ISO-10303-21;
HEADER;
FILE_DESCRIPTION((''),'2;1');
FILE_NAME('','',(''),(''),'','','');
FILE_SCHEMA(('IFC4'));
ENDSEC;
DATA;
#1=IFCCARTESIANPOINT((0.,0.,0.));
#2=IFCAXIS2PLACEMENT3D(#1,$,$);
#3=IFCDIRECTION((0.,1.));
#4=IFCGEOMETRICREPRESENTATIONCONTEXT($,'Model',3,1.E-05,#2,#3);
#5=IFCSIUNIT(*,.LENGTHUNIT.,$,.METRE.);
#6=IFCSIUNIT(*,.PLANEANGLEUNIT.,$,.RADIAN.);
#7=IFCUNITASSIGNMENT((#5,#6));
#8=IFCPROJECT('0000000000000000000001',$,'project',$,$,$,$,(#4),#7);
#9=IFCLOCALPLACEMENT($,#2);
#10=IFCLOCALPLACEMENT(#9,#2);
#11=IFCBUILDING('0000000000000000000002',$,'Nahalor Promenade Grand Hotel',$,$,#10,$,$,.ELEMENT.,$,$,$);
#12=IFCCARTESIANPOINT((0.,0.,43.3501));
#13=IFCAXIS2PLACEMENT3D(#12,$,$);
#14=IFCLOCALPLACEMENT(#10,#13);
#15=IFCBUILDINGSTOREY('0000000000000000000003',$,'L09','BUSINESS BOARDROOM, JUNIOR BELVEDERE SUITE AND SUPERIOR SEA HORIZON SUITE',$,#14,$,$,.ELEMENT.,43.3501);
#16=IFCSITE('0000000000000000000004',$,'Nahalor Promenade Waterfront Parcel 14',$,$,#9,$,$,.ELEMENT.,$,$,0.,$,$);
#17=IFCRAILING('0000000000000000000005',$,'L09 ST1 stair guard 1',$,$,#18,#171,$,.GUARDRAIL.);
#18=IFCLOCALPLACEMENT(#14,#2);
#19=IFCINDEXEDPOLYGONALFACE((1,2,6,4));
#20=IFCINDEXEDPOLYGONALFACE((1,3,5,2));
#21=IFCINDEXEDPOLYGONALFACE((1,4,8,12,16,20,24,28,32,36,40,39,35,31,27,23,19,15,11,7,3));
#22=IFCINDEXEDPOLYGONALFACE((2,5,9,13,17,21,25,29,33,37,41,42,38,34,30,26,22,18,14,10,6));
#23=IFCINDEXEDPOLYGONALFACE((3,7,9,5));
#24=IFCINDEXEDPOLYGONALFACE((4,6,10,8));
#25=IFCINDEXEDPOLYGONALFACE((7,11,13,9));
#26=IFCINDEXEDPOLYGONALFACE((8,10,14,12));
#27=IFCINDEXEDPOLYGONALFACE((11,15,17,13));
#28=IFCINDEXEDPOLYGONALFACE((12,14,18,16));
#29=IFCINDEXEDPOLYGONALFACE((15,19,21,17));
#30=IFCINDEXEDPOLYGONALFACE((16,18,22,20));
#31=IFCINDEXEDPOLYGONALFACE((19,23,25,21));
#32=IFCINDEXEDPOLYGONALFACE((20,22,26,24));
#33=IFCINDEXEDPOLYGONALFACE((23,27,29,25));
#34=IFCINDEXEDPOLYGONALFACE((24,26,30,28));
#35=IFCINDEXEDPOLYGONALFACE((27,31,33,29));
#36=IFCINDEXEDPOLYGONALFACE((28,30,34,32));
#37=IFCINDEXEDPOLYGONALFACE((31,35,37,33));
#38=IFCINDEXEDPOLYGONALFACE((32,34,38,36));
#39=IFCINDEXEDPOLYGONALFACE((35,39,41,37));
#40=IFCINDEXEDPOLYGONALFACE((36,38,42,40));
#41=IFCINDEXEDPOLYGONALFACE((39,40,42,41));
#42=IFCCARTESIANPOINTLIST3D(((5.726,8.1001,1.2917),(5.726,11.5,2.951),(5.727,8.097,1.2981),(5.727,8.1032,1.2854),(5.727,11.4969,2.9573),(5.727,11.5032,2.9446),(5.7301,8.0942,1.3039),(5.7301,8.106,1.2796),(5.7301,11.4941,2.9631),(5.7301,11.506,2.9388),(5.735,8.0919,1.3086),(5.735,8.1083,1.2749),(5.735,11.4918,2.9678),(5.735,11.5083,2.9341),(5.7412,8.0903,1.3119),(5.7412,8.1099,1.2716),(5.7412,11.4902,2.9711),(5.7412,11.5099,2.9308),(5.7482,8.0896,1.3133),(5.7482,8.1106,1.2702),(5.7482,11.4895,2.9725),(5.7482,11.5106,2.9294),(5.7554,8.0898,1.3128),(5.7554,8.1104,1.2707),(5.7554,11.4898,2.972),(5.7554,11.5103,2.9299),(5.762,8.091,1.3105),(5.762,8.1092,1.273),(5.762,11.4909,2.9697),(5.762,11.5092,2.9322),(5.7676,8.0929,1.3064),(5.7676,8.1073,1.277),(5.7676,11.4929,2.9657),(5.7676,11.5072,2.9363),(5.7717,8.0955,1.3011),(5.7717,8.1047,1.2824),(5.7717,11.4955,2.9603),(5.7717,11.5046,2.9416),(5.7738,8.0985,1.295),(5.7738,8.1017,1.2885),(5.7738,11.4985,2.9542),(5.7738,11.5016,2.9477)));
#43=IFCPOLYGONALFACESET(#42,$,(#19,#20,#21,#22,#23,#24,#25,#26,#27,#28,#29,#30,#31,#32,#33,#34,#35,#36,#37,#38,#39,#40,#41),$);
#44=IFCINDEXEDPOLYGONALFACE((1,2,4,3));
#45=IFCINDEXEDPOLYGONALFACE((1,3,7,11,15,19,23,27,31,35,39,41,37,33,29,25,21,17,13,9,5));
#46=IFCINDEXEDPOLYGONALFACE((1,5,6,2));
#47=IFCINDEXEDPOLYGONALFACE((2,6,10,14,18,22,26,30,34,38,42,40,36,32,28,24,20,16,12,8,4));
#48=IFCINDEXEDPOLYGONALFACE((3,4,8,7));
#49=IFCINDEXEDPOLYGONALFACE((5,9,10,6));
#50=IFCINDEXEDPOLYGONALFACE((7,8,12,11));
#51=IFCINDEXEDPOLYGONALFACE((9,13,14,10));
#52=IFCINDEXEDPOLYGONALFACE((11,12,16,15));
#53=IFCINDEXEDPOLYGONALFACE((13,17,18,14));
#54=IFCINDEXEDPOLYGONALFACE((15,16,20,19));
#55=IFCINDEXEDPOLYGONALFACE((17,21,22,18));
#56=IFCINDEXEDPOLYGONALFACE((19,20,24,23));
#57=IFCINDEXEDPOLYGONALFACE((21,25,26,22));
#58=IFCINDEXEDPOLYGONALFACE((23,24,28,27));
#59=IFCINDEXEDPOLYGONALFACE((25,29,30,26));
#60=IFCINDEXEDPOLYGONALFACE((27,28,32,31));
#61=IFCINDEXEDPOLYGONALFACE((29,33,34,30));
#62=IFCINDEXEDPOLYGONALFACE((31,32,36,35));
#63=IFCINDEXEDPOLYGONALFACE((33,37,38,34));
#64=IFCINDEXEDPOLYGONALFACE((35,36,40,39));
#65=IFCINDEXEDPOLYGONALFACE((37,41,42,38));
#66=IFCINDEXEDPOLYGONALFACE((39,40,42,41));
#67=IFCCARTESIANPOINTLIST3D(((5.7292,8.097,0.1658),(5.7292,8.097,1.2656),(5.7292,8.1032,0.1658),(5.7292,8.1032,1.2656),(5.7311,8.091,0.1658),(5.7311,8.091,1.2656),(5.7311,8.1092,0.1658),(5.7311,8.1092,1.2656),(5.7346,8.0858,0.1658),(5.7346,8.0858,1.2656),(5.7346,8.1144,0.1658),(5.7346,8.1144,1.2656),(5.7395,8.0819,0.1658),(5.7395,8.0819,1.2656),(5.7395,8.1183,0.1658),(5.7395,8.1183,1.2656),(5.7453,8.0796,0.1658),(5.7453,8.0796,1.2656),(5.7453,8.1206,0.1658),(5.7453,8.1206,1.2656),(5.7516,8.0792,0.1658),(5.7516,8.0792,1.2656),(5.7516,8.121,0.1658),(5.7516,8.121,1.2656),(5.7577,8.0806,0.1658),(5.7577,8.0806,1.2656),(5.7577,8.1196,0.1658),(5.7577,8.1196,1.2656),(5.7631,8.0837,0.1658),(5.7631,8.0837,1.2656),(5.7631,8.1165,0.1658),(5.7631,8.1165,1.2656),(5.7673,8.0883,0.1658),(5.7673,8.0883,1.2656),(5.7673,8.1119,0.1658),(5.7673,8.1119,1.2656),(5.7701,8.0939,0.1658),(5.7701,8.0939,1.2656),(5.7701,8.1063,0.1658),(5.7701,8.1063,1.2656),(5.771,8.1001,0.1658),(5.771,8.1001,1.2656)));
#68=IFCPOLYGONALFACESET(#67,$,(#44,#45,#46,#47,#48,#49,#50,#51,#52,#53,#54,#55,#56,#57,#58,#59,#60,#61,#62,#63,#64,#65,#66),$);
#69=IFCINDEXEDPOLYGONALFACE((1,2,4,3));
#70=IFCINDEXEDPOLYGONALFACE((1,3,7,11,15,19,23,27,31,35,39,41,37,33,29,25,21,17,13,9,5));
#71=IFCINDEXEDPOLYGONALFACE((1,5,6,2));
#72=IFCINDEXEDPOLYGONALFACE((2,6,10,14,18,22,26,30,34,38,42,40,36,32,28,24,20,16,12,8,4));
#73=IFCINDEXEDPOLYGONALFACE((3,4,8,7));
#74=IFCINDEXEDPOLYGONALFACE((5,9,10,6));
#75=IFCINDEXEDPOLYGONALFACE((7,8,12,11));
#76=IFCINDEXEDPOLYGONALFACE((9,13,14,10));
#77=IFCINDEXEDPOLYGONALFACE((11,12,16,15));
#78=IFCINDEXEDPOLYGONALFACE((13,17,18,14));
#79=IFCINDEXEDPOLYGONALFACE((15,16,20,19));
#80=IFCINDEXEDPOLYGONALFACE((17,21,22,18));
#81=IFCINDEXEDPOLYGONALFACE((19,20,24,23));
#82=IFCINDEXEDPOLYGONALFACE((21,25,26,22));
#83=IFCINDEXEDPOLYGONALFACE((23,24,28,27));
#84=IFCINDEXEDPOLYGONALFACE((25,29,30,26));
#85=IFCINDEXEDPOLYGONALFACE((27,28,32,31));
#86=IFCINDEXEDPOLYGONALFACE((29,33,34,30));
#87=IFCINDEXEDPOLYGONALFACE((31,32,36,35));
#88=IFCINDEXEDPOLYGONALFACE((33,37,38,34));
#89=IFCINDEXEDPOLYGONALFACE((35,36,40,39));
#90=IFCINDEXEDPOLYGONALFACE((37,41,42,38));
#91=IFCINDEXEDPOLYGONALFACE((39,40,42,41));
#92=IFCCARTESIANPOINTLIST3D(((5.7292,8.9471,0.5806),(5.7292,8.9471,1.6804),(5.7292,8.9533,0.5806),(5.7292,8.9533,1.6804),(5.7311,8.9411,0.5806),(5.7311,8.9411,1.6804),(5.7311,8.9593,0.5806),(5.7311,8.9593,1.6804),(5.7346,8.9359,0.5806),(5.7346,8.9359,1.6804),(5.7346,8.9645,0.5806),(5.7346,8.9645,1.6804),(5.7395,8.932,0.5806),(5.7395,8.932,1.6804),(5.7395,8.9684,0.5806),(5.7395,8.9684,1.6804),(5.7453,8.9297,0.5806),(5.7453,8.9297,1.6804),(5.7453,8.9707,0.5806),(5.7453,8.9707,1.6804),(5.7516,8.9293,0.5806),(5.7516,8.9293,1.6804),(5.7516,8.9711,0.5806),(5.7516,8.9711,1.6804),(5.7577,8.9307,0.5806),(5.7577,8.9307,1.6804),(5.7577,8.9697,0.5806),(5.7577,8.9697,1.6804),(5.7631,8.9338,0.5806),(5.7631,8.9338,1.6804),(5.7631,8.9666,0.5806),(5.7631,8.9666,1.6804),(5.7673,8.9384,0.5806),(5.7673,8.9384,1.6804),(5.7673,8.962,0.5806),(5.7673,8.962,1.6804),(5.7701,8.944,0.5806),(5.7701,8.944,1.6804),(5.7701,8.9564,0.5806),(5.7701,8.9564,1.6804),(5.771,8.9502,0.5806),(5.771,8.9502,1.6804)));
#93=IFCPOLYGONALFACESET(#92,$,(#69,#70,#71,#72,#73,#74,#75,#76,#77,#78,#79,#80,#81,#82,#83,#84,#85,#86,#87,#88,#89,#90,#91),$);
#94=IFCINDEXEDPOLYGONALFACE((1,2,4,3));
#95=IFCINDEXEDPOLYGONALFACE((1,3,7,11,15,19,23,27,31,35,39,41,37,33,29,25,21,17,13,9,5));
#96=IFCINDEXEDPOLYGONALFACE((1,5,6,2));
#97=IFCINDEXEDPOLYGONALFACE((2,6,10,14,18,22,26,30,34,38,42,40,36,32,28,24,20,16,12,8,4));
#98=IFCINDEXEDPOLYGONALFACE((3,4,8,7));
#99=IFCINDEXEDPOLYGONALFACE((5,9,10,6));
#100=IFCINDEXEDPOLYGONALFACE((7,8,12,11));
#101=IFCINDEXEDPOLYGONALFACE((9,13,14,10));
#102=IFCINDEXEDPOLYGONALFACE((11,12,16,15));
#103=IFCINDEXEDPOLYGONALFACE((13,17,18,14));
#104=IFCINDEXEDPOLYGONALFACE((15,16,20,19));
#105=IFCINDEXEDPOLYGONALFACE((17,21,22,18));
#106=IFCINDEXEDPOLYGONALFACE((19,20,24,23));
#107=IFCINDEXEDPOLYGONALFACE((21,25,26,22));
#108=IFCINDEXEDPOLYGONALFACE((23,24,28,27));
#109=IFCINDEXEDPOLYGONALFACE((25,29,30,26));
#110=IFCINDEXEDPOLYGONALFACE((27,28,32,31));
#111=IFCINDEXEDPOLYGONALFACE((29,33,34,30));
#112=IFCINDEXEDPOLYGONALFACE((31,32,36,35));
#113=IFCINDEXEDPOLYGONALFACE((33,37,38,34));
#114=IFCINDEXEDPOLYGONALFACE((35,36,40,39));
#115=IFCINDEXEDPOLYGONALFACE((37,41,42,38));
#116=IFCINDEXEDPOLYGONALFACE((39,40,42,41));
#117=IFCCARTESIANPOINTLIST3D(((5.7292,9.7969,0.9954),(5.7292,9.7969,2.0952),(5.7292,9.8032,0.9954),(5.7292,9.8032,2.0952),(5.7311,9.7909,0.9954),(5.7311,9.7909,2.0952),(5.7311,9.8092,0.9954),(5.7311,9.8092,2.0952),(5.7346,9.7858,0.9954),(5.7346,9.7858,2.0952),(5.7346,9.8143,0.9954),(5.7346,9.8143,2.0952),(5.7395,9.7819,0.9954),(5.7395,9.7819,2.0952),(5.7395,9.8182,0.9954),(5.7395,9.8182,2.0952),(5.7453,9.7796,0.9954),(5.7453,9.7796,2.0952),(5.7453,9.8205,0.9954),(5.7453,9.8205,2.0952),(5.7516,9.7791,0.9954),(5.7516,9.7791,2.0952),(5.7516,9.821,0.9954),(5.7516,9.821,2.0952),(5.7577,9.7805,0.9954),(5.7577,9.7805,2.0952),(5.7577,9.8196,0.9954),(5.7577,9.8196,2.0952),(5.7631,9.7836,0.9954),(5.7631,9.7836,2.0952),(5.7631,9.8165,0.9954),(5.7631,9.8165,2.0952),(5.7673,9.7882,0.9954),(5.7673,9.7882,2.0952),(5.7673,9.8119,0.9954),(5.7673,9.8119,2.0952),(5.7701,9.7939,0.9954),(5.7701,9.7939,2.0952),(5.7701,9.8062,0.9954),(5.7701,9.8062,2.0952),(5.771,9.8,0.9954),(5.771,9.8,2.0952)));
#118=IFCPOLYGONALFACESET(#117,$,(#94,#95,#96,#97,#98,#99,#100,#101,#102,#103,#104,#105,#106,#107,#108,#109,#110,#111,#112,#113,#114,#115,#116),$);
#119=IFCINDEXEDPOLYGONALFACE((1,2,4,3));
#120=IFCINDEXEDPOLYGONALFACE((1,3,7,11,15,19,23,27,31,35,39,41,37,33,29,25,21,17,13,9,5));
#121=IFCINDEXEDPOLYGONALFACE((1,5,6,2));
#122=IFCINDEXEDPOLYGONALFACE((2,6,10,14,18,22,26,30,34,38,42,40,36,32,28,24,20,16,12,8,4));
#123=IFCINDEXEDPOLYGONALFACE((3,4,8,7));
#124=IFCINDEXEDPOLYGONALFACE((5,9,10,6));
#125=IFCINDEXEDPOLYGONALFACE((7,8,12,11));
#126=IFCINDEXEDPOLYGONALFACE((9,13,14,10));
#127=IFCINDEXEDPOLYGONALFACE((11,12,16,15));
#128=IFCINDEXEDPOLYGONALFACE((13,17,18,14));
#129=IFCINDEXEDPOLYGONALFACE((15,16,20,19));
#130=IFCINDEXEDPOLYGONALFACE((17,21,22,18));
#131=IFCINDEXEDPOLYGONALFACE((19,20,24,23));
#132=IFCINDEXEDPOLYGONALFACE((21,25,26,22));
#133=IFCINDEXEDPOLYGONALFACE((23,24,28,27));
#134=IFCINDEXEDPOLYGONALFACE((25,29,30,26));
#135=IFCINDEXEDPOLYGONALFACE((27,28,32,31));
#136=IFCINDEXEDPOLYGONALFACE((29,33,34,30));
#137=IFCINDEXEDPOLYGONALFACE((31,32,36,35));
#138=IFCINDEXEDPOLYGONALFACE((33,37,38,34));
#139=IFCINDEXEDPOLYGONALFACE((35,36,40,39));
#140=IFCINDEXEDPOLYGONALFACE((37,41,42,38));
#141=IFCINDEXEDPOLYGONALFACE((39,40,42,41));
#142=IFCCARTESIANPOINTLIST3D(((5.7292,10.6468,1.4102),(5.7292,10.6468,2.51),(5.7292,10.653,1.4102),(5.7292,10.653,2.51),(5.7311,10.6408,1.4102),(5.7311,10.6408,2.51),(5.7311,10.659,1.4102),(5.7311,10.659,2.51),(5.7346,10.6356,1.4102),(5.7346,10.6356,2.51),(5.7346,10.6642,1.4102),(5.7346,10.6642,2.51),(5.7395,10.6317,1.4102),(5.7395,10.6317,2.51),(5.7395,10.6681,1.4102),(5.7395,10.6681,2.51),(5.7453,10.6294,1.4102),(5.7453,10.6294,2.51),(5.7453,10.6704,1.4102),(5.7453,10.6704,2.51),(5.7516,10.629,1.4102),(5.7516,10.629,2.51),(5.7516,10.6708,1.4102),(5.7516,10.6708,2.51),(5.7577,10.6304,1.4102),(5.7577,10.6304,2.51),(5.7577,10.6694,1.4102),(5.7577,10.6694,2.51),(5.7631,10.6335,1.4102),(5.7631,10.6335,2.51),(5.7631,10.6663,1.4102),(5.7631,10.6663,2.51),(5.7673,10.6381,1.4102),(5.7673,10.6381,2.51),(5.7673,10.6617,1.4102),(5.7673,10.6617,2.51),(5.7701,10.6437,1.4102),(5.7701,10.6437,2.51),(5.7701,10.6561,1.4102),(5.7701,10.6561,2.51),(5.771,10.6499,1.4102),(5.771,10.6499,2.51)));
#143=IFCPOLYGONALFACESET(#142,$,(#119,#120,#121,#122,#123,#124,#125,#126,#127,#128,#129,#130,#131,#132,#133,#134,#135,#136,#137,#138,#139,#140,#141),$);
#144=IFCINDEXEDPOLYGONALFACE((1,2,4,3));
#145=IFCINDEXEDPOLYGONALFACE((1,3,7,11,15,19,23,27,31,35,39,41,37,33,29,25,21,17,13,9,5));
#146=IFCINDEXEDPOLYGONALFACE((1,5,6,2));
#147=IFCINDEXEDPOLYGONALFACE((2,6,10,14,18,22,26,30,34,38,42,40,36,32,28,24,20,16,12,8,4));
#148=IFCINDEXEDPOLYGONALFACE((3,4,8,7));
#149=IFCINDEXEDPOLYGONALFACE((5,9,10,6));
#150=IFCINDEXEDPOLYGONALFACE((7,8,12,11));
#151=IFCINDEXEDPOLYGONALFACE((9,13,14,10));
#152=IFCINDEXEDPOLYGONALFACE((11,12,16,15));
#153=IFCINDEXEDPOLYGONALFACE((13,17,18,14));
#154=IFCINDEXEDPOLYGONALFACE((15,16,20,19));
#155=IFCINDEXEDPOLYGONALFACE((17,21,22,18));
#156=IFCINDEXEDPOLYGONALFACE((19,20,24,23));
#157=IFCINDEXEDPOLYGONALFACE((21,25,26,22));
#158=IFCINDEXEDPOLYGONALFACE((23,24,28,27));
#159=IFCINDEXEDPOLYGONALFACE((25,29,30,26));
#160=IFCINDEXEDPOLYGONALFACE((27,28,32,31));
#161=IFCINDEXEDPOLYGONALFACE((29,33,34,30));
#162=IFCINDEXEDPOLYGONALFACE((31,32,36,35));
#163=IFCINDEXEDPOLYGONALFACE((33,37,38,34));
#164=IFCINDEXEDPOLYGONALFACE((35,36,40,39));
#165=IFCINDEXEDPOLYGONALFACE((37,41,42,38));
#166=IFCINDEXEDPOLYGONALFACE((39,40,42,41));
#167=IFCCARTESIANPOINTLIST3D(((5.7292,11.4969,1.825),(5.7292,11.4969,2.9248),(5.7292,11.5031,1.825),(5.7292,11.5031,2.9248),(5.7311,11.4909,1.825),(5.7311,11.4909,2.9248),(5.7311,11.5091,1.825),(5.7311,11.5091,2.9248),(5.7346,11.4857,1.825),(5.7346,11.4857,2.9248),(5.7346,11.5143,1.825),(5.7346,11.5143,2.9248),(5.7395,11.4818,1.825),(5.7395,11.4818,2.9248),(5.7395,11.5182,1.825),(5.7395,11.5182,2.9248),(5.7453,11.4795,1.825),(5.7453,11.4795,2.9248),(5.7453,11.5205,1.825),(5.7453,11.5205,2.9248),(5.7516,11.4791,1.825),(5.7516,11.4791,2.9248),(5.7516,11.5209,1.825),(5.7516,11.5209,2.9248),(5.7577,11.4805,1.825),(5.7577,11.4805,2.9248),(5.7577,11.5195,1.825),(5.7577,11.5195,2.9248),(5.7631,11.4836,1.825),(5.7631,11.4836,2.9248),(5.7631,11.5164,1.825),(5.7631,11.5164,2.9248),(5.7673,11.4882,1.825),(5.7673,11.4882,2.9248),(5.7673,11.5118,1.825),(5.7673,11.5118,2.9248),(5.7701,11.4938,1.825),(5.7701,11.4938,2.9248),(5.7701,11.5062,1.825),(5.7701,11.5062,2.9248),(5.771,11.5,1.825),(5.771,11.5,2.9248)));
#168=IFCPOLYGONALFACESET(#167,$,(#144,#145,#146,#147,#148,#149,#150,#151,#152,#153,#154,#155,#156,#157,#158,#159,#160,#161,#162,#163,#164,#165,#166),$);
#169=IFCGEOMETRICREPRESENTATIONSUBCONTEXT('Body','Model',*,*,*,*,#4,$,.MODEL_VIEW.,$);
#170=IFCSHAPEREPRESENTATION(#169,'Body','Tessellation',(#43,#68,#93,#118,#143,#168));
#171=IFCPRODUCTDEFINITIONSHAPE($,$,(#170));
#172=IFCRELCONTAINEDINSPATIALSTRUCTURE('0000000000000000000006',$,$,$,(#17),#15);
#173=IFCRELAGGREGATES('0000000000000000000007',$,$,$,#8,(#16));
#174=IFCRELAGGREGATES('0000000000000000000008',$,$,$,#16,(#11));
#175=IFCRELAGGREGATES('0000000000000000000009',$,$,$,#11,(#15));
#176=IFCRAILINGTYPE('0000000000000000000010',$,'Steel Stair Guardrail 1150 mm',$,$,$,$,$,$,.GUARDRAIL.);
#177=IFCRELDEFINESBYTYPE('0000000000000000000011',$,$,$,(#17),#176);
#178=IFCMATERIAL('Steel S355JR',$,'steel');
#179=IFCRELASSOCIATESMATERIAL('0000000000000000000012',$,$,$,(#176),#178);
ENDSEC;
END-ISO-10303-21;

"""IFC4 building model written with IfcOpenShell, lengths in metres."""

from ifc_helpers import new_model, si_unit, direction, frame, origin, origin_2d, place, context, subcontext, project, spatial, circle, extrude, material, type_object, element, save


model = new_model("IFC4")

# Units and contexts
model_context = context("Model", 3, precision=1e-05, world=origin(), true_north=direction((0.0, 1.0)))
body_context = subcontext(model_context, "Body", "Model", "MODEL_VIEW")
ifc_project = project(units=[si_unit("LENGTHUNIT", "METRE"), si_unit("PLANEANGLEUNIT", "RADIAN")], contexts=[model_context])

# Site, building, storey
site_placement = place(None, origin())
site = spatial("IfcSite", under=ifc_project, at=site_placement, Name="Nahalor Promenade Waterfront Parcel 14", CompositionType="ELEMENT", RefElevation=0.0)
building_placement = place(site_placement, origin())
building = spatial("IfcBuilding", under=site, at=building_placement, Name="Nahalor Promenade Grand Hotel", CompositionType="ELEMENT")
storey_placement = place(building_placement, frame((0.0, 0.0, 43.3501)))
storey = spatial("IfcBuildingStorey", under=building, at=storey_placement, Name="L09", Description="BUSINESS BOARDROOM, JUNIOR BELVEDERE SUITE AND SUPERIOR SEA HORIZON SUITE", CompositionType="ELEMENT", Elevation=43.3501)

# Shared definitions
ifc_material_1 = material(Name="Steel S355JR", Category="steel")

# Railing
railing_type_1 = type_object("IfcRailingType", Name="Steel Stair Guardrail 1150 mm", PredefinedType="GUARDRAIL", material=ifc_material_1)
railing_1_placement = place(storey_placement, frame((5.75, 8.1001, 0.1658)))
element("IfcRailing", 1, at=railing_1_placement, inside=storey, type_object=railing_type_1, Name="L09 ST1 stair guard 1", PredefinedType="GUARDRAIL", context=body_context, shape_type="SweptSolid", body=[
    extrude(circle(Radius=0.024, at=origin_2d()), frame((0.0, 0.0, 1.126), z_axis=(0.0, 0.898696, 0.438571), x_axis=(-1.0, 0.0, 0.0)), (0.0, 0.0, 1.0), 3.7832),
    extrude(circle(Radius=0.021, at=origin_2d()), origin(), (0.0, 0.0, 1.0), 1.0999),
    extrude(circle(Radius=0.021, at=origin_2d()), frame((0.0, 0.8501, 0.4148)), (0.0, 0.0, 1.0), 1.0999),
    extrude(circle(Radius=0.021, at=origin_2d()), frame((0.0, 1.7, 0.8296)), (0.0, 0.0, 1.0), 1.0999),
    extrude(circle(Radius=0.021, at=origin_2d()), frame((0.0, 2.5498, 1.2444)), (0.0, 0.0, 1.0), 1.0999),
    extrude(circle(Radius=0.021, at=origin_2d()), frame((0.0, 3.3999, 1.6592)), (0.0, 0.0, 1.0), 1.0999),
])

save(model, "model.ifc")
